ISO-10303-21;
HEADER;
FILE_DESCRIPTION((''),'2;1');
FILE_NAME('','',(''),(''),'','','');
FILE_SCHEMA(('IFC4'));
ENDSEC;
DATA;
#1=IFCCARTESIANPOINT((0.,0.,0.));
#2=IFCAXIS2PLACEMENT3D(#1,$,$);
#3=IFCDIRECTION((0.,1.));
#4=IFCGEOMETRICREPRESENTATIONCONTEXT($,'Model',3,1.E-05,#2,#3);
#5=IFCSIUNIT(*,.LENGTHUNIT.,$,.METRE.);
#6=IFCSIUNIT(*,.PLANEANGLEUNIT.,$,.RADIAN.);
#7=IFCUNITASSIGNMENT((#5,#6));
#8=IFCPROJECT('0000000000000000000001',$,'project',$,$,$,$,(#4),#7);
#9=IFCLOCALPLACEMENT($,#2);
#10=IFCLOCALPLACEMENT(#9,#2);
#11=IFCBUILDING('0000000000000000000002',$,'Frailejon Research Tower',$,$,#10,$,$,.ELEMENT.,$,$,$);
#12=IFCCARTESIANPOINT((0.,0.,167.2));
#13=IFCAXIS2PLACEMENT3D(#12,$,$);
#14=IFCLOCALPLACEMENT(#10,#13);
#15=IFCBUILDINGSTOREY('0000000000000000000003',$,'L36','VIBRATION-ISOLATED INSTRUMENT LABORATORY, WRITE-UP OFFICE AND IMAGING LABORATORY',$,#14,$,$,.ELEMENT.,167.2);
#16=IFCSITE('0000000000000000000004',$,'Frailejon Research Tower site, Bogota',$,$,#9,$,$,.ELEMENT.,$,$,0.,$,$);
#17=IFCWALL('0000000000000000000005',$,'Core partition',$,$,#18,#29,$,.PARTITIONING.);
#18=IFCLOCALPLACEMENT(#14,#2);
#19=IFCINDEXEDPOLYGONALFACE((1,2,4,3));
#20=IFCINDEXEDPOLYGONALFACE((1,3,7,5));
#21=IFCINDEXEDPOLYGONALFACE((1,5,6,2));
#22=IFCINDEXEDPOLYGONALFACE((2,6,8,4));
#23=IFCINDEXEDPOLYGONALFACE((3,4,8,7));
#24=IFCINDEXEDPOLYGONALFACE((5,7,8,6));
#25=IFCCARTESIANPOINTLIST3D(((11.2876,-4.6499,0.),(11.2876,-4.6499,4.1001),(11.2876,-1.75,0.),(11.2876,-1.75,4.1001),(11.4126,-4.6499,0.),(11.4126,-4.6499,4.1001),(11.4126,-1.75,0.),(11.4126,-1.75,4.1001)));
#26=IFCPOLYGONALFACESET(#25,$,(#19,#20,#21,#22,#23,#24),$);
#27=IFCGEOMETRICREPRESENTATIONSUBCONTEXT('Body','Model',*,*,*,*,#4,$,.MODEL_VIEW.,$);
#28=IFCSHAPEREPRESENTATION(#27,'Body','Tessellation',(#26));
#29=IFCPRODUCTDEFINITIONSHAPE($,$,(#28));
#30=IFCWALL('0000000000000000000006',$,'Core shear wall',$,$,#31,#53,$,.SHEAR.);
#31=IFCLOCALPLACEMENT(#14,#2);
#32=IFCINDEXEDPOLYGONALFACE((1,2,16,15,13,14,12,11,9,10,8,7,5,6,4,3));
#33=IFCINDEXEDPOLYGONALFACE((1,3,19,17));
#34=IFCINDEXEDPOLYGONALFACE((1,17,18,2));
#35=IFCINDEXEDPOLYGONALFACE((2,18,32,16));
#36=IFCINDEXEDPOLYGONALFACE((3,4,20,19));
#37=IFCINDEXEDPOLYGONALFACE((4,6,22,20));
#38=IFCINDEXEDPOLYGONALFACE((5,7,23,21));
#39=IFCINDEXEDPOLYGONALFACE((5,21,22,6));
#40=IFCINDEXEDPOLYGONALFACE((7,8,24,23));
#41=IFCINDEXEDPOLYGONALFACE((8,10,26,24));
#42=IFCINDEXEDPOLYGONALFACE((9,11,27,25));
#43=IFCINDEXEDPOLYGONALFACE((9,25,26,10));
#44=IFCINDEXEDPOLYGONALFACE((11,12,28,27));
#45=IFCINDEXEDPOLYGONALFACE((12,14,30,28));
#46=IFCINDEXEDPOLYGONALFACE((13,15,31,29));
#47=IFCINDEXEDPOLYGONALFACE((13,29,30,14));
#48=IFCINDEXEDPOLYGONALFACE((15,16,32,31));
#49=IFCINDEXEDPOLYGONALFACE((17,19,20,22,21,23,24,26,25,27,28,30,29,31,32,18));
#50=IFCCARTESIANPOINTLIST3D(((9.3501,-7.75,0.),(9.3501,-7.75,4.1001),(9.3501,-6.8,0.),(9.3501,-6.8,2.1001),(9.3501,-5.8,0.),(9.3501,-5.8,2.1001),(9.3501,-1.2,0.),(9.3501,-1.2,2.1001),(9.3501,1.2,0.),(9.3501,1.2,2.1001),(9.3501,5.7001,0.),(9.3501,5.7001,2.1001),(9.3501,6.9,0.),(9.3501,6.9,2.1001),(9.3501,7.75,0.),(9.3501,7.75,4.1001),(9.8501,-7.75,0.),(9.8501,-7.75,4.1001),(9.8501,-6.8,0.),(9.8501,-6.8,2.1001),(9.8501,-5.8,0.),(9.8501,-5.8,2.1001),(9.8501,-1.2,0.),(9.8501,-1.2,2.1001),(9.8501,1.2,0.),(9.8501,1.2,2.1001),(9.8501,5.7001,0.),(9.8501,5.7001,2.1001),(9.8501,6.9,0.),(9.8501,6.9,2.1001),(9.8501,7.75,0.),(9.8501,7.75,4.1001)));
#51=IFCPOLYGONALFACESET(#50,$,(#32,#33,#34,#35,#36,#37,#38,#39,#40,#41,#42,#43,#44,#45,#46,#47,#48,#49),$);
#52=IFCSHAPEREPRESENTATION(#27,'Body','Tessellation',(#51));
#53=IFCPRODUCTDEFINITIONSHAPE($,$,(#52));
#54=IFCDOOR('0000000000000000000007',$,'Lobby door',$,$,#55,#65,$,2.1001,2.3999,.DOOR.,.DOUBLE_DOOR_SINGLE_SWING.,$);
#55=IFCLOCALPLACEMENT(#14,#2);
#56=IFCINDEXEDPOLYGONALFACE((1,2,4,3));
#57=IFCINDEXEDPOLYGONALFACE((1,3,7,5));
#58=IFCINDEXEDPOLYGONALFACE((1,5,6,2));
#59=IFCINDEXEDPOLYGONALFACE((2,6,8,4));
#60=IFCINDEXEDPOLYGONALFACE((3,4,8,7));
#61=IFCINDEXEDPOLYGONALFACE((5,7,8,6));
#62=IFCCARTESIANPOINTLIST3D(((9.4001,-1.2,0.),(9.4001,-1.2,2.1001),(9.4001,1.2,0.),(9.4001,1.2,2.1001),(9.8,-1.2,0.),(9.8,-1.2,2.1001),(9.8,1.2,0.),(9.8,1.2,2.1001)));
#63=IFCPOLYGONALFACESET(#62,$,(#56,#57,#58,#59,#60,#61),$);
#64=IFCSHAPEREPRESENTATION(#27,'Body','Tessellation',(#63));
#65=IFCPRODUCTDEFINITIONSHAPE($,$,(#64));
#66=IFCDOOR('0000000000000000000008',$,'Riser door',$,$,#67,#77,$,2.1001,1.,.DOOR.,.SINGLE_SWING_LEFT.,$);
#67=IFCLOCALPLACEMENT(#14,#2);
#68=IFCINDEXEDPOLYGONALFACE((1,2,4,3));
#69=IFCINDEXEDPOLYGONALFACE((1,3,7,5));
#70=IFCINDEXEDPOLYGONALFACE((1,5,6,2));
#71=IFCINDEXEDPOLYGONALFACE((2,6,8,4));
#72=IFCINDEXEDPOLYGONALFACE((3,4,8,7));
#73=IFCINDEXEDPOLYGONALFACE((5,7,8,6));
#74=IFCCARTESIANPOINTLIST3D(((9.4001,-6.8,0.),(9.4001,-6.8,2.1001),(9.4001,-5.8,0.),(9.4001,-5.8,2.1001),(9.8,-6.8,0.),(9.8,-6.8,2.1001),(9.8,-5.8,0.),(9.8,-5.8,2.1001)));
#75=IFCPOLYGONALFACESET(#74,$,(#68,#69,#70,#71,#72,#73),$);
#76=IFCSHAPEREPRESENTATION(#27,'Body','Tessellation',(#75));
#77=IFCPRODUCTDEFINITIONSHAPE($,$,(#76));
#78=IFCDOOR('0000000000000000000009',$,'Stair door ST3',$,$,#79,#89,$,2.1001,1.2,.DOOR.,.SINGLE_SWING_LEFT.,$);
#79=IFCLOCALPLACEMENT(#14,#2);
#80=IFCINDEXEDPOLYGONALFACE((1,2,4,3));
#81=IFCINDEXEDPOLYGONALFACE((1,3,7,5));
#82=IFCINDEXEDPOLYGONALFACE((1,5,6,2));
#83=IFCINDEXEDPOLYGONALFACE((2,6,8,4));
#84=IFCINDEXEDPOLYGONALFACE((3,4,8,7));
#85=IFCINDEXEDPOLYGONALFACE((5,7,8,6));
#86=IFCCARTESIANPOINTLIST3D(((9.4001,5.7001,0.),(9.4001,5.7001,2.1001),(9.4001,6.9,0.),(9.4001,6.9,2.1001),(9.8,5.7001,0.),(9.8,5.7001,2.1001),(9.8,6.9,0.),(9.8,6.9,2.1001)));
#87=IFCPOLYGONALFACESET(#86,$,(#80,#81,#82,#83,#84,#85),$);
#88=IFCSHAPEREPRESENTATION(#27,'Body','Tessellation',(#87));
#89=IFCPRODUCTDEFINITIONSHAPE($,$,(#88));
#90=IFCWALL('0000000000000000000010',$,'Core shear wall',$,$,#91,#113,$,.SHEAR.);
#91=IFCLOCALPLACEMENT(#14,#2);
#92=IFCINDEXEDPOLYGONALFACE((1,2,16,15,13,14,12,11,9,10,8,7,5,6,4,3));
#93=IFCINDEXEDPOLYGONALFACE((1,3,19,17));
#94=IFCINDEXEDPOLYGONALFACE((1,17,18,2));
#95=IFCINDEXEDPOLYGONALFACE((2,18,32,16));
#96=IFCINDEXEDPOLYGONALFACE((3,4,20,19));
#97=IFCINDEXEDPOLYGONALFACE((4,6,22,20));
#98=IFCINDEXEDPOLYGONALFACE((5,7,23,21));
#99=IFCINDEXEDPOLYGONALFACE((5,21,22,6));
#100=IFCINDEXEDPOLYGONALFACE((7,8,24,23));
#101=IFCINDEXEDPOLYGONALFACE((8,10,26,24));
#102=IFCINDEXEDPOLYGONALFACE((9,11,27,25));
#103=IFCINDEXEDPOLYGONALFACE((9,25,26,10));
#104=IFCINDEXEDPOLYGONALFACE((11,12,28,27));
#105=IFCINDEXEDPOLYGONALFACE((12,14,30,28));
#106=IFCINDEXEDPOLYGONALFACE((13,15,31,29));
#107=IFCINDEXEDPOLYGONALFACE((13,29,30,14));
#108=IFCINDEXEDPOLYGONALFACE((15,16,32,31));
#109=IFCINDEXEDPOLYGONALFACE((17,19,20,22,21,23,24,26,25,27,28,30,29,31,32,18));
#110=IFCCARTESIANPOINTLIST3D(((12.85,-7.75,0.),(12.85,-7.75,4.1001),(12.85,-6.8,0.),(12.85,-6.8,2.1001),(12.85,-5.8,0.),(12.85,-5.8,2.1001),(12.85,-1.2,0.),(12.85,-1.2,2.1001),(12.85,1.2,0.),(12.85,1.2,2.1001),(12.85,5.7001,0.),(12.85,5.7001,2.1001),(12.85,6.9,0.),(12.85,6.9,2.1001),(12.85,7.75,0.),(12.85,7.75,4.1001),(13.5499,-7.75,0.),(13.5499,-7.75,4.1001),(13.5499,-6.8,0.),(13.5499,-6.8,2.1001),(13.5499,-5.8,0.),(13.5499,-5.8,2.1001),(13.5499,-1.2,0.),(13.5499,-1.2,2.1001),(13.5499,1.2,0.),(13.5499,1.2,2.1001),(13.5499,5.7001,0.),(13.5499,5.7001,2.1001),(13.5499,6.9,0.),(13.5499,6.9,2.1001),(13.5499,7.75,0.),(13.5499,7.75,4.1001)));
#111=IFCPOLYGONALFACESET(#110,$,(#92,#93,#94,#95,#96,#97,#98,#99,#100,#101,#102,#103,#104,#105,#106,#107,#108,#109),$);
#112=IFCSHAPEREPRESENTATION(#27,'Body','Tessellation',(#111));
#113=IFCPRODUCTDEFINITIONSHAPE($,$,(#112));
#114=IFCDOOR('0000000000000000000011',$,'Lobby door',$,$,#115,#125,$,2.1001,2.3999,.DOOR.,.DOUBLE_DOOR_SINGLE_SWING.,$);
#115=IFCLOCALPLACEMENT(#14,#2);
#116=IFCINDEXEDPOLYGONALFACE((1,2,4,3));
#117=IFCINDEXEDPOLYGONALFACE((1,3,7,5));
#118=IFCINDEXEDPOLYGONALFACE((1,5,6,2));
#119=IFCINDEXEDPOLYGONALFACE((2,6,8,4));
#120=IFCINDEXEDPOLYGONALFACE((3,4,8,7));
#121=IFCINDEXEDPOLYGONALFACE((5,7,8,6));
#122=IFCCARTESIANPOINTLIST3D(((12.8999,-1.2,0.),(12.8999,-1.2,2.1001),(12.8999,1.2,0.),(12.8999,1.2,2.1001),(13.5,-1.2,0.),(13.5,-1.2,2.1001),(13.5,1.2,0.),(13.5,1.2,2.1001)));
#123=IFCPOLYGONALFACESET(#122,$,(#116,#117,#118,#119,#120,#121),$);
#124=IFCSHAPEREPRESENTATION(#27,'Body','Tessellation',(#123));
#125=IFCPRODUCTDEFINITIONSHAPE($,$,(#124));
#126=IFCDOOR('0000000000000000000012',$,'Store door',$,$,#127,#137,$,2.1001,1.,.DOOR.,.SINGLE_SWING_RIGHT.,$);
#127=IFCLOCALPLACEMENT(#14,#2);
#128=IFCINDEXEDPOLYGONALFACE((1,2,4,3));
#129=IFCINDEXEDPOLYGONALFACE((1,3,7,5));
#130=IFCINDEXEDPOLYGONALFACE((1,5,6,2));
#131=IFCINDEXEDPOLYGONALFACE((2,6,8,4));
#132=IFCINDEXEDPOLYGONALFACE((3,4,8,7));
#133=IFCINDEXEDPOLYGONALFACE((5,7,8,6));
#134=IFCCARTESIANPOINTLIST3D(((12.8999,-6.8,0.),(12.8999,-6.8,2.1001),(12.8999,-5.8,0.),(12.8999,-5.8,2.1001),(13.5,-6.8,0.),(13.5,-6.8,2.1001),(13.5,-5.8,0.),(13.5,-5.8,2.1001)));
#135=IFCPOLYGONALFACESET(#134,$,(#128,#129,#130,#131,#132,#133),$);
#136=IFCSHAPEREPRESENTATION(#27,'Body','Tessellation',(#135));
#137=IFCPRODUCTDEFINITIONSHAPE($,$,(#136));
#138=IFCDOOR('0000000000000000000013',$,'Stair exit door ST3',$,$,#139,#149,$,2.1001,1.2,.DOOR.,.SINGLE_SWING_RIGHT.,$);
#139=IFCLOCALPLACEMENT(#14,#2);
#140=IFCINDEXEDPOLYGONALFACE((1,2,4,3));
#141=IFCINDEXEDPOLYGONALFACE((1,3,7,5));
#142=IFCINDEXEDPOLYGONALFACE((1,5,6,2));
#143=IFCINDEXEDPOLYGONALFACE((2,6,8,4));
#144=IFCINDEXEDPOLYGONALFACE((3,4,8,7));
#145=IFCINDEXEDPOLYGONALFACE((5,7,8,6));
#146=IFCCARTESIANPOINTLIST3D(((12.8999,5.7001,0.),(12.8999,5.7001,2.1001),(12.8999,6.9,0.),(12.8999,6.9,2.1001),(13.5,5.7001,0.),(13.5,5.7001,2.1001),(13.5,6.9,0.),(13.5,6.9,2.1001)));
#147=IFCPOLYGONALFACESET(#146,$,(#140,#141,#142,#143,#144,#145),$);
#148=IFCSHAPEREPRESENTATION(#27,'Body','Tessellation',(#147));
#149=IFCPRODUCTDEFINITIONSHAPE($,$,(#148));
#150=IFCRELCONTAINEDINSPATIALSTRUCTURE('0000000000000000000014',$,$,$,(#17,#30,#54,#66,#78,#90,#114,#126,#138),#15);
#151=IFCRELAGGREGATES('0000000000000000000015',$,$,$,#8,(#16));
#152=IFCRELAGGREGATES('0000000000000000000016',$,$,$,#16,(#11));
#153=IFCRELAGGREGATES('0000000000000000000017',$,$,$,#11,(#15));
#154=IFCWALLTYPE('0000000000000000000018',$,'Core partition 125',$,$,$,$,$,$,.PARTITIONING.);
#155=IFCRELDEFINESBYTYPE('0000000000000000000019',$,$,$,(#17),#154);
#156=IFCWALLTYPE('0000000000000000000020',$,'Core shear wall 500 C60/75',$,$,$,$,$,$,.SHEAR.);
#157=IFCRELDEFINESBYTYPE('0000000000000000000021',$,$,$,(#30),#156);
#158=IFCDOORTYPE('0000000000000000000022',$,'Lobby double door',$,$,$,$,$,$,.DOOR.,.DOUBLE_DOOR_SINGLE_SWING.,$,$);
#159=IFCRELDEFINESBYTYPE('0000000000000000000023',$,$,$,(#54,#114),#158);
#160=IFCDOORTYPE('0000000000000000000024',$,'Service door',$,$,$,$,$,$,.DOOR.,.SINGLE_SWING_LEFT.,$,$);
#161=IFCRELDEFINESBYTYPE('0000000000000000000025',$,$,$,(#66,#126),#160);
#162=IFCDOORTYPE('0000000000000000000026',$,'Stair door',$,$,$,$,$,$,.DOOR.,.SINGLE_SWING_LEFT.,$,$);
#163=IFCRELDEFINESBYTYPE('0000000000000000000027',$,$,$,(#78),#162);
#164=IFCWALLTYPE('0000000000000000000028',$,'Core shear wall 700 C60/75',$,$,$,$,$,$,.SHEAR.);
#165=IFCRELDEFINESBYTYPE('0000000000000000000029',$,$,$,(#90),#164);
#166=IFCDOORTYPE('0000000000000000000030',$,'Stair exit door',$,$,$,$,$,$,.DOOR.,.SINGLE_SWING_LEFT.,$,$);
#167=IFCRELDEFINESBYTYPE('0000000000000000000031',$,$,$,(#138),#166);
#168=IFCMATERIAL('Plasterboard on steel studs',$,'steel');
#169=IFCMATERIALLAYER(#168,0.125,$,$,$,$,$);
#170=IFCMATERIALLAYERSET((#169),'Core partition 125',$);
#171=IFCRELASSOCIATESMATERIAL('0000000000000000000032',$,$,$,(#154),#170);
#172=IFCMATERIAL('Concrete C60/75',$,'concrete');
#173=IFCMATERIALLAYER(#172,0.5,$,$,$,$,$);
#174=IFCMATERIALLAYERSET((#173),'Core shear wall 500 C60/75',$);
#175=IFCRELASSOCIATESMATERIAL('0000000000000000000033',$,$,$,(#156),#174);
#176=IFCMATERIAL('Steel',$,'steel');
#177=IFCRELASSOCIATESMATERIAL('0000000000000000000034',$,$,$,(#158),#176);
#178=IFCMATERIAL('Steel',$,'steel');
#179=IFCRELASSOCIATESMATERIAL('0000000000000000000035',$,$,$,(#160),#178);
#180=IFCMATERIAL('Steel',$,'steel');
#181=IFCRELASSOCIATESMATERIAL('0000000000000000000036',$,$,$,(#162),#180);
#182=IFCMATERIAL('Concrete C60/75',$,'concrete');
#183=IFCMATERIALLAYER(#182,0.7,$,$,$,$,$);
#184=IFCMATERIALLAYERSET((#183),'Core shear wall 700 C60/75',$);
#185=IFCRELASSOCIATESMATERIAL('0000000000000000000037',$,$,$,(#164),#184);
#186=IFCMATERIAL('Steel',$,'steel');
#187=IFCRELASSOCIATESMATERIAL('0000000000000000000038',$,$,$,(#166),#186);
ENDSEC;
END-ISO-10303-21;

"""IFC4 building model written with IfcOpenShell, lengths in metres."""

from ifc_helpers import new_model, si_unit, direction, frame, frame_2d, origin, place, context, subcontext, project, spatial, rectangle, extrude, material, layer, layer_set, type_object, element, fill, save


model = new_model("IFC4")

# Units and contexts
model_context = context("Model", 3, precision=1e-05, world=origin(), true_north=direction((0.0, 1.0)))
body_context = subcontext(model_context, "Body", "Model", "MODEL_VIEW")
ifc_project = project(units=[si_unit("LENGTHUNIT", "METRE"), si_unit("PLANEANGLEUNIT", "RADIAN")], contexts=[model_context])

# Site, building, storey
site_placement = place(None, origin())
site = spatial("IfcSite", under=ifc_project, at=site_placement, Name="Frailejon Research Tower site, Bogota", CompositionType="ELEMENT", RefElevation=0.0)
building_placement = place(site_placement, origin())
building = spatial("IfcBuilding", under=site, at=building_placement, Name="Frailejon Research Tower", CompositionType="ELEMENT")
storey_placement = place(building_placement, frame((0.0, 0.0, 167.2)))
storey = spatial("IfcBuildingStorey", under=building, at=storey_placement, Name="L36", Description="VIBRATION-ISOLATED INSTRUMENT LABORATORY, WRITE-UP OFFICE AND IMAGING LABORATORY", CompositionType="ELEMENT", Elevation=167.2)

# Wall
ifc_material_1 = material(Name="Plasterboard on steel studs", Category="steel")
ifc_layer_1 = layer(ifc_material_1, 0.125)
ifc_layer_set_1 = layer_set([ifc_layer_1], Name="Core partition 125")
wall_type_1 = type_object("IfcWallType", Name="Core partition 125", PredefinedType="PARTITIONING", material=ifc_layer_set_1)
wall_1_placement = place(storey_placement, frame((11.3501, -4.6499, 0.0), z_axis=(0.0, 0.0, 1.0), x_axis=(0.0, 1.0, 0.0)))
element("IfcWall", 1, at=wall_1_placement, inside=storey, type_object=wall_type_1, Name="Core partition", PredefinedType="PARTITIONING", context=body_context, shape_type="SweptSolid", body=[
    extrude(rectangle(XDim=2.8999, YDim=0.125, at=frame_2d((1.45, 0.0))), origin(), (0.0, 0.0, 1.0), 4.1001),
])

# Walls, openings, doors
ifc_material_2 = material(Name="Concrete C60/75", Category="concrete")
ifc_layer_2 = layer(ifc_material_2, 0.5)
ifc_layer_set_2 = layer_set([ifc_layer_2], Name="Core shear wall 500 C60/75")
wall_type_2 = type_object("IfcWallType", Name="Core shear wall 500 C60/75", PredefinedType="SHEAR", material=ifc_layer_set_2)
wall_2_placement = place(storey_placement, frame((9.6001, -7.75, 0.0), z_axis=(0.0, 0.0, 1.0), x_axis=(0.0, 1.0, 0.0)))
wall_2 = element("IfcWall", 2, at=wall_2_placement, inside=storey, type_object=wall_type_2, Name="Core shear wall", PredefinedType="SHEAR", context=body_context, shape_type="SweptSolid", body=[
    extrude(rectangle(XDim=15.5, YDim=0.5, at=frame_2d((7.75, 0.0))), origin(), (0.0, 0.0, 1.0), 4.1001),
])
opening_1_placement = place(wall_2_placement, frame((6.55, 0.0, 0.0)))
opening_1 = element("IfcOpeningElement", 3, at=opening_1_placement, cuts=wall_2, PredefinedType="OPENING", context=body_context, shape_type="SweptSolid", body=[
    extrude(rectangle(XDim=2.3999, YDim=2.1001, at=frame_2d((1.2, 1.05))), frame((0.0, 0.26, 0.0), z_axis=(0.0, -1.0, 0.0), x_axis=(1.0, 0.0, 0.0)), (0.0, 0.0, 1.0), 0.52),
])
opening_2_placement = place(wall_2_placement, frame((13.45, 0.0, 0.0)))
opening_2 = element("IfcOpeningElement", 4, at=opening_2_placement, cuts=wall_2, PredefinedType="OPENING", context=body_context, shape_type="SweptSolid", body=[
    extrude(rectangle(XDim=1.2, YDim=2.1001, at=frame_2d((0.6001, 1.05))), frame((0.0, 0.26, 0.0), z_axis=(0.0, -1.0, 0.0), x_axis=(1.0, 0.0, 0.0)), (0.0, 0.0, 1.0), 0.52),
])
opening_3_placement = place(wall_2_placement, frame((0.95, 0.0, 0.0)))
opening_3 = element("IfcOpeningElement", 5, at=opening_3_placement, cuts=wall_2, PredefinedType="OPENING", context=body_context, shape_type="SweptSolid", body=[
    extrude(rectangle(XDim=1.0, YDim=2.1001, at=frame_2d((0.5, 1.05))), frame((0.0, 0.26, 0.0), z_axis=(0.0, -1.0, 0.0), x_axis=(1.0, 0.0, 0.0)), (0.0, 0.0, 1.0), 0.52),
])
ifc_material_3 = material(Name="Steel", Category="steel")
door_type_1 = type_object("IfcDoorType", Name="Lobby double door", OperationType="DOUBLE_DOOR_SINGLE_SWING", PredefinedType="DOOR", material=ifc_material_3)
door_1_placement = place(opening_1_placement, origin())
door_1 = element("IfcDoor", 6, at=door_1_placement, inside=storey, type_object=door_type_1, Name="Lobby door", OperationType="DOUBLE_DOOR_SINGLE_SWING", OverallHeight=2.1001, OverallWidth=2.3999, PredefinedType="DOOR", context=body_context, shape_type="SweptSolid", body=[
    extrude(rectangle(XDim=2.3999, YDim=2.1001, at=frame_2d((1.2, 1.05))), frame((0.0, 0.2, 0.0), z_axis=(0.0, -1.0, 0.0), x_axis=(1.0, 0.0, 0.0)), (0.0, 0.0, 1.0), 0.3999),
])
fill(opening_1, door_1)
ifc_material_4 = material(Name="Steel", Category="steel")
door_type_2 = type_object("IfcDoorType", Name="Service door", OperationType="SINGLE_SWING_LEFT", PredefinedType="DOOR", material=ifc_material_4)
door_2_placement = place(opening_3_placement, origin())
door_2 = element("IfcDoor", 7, at=door_2_placement, inside=storey, type_object=door_type_2, Name="Riser door", OperationType="SINGLE_SWING_LEFT", OverallHeight=2.1001, OverallWidth=1.0, PredefinedType="DOOR", context=body_context, shape_type="SweptSolid", body=[
    extrude(rectangle(XDim=1.0, YDim=2.1001, at=frame_2d((0.5, 1.05))), frame((0.0, 0.2, 0.0), z_axis=(0.0, -1.0, 0.0), x_axis=(1.0, 0.0, 0.0)), (0.0, 0.0, 1.0), 0.3999),
])
fill(opening_3, door_2)
ifc_material_5 = material(Name="Steel", Category="steel")
door_type_3 = type_object("IfcDoorType", Name="Stair door", OperationType="SINGLE_SWING_LEFT", PredefinedType="DOOR", material=ifc_material_5)
door_3_placement = place(opening_2_placement, origin())
door_3 = element("IfcDoor", 8, at=door_3_placement, inside=storey, type_object=door_type_3, Name="Stair door ST3", OperationType="SINGLE_SWING_LEFT", OverallHeight=2.1001, OverallWidth=1.2, PredefinedType="DOOR", context=body_context, shape_type="SweptSolid", body=[
    extrude(rectangle(XDim=1.2, YDim=2.1001, at=frame_2d((0.6001, 1.05))), frame((0.0, 0.2, 0.0), z_axis=(0.0, -1.0, 0.0), x_axis=(1.0, 0.0, 0.0)), (0.0, 0.0, 1.0), 0.3999),
])
fill(opening_2, door_3)
ifc_material_6 = material(Name="Concrete C60/75", Category="concrete")
ifc_layer_3 = layer(ifc_material_6, 0.7)
ifc_layer_set_3 = layer_set([ifc_layer_3], Name="Core shear wall 700 C60/75")
wall_type_3 = type_object("IfcWallType", Name="Core shear wall 700 C60/75", PredefinedType="SHEAR", material=ifc_layer_set_3)
wall_3_placement = place(storey_placement, frame((13.2, -7.75, 0.0), z_axis=(0.0, 0.0, 1.0), x_axis=(0.0, 1.0, 0.0)))
wall_3 = element("IfcWall", 9, at=wall_3_placement, inside=storey, type_object=wall_type_3, Name="Core shear wall", PredefinedType="SHEAR", context=body_context, shape_type="SweptSolid", body=[
    extrude(rectangle(XDim=15.5, YDim=0.7, at=frame_2d((7.75, 0.0))), origin(), (0.0, 0.0, 1.0), 4.1001),
])
opening_4_placement = place(wall_3_placement, frame((6.55, 0.0, 0.0)))
opening_4 = element("IfcOpeningElement", 10, at=opening_4_placement, cuts=wall_3, PredefinedType="OPENING", context=body_context, shape_type="SweptSolid", body=[
    extrude(rectangle(XDim=2.3999, YDim=2.1001, at=frame_2d((1.2, 1.05))), frame((0.0, 0.3599, 0.0), z_axis=(0.0, -1.0, 0.0), x_axis=(1.0, 0.0, 0.0)), (0.0, 0.0, 1.0), 0.72),
])
opening_5_placement = place(wall_3_placement, frame((13.45, 0.0, 0.0)))
opening_5 = element("IfcOpeningElement", 11, at=opening_5_placement, cuts=wall_3, PredefinedType="OPENING", context=body_context, shape_type="SweptSolid", body=[
    extrude(rectangle(XDim=1.2, YDim=2.1001, at=frame_2d((0.6001, 1.05))), frame((0.0, 0.3599, 0.0), z_axis=(0.0, -1.0, 0.0), x_axis=(1.0, 0.0, 0.0)), (0.0, 0.0, 1.0), 0.72),
])
opening_6_placement = place(wall_3_placement, frame((0.95, 0.0, 0.0)))
opening_6 = element("IfcOpeningElement", 12, at=opening_6_placement, cuts=wall_3, PredefinedType="OPENING", context=body_context, shape_type="SweptSolid", body=[
    extrude(rectangle(XDim=1.0, YDim=2.1001, at=frame_2d((0.5, 1.05))), frame((0.0, 0.3599, 0.0), z_axis=(0.0, -1.0, 0.0), x_axis=(1.0, 0.0, 0.0)), (0.0, 0.0, 1.0), 0.72),
])
door_4_placement = place(opening_4_placement, origin())
door_4 = element("IfcDoor", 13, at=door_4_placement, inside=storey, type_object=door_type_1, Name="Lobby door", OperationType="DOUBLE_DOOR_SINGLE_SWING", OverallHeight=2.1001, OverallWidth=2.3999, PredefinedType="DOOR", context=body_context, shape_type="SweptSolid", body=[
    extrude(rectangle(XDim=2.3999, YDim=2.1001, at=frame_2d((1.2, 1.05))), frame((0.0, 0.3, 0.0), z_axis=(0.0, -1.0, 0.0), x_axis=(1.0, 0.0, 0.0)), (0.0, 0.0, 1.0), 0.6001),
])
fill(opening_4, door_4)
door_5_placement = place(opening_6_placement, origin())
door_5 = element("IfcDoor", 14, at=door_5_placement, inside=storey, type_object=door_type_2, Name="Store door", OperationType="SINGLE_SWING_RIGHT", OverallHeight=2.1001, OverallWidth=1.0, PredefinedType="DOOR", context=body_context, shape_type="SweptSolid", body=[
    extrude(rectangle(XDim=1.0, YDim=2.1001, at=frame_2d((0.5, 1.05))), frame((0.0, 0.3, 0.0), z_axis=(0.0, -1.0, 0.0), x_axis=(1.0, 0.0, 0.0)), (0.0, 0.0, 1.0), 0.6001),
])
fill(opening_6, door_5)
ifc_material_7 = material(Name="Steel", Category="steel")
door_type_4 = type_object("IfcDoorType", Name="Stair exit door", OperationType="SINGLE_SWING_LEFT", PredefinedType="DOOR", material=ifc_material_7)
door_6_placement = place(opening_5_placement, origin())
door_6 = element("IfcDoor", 15, at=door_6_placement, inside=storey, type_object=door_type_4, Name="Stair exit door ST3", OperationType="SINGLE_SWING_RIGHT", OverallHeight=2.1001, OverallWidth=1.2, PredefinedType="DOOR", context=body_context, shape_type="SweptSolid", body=[
    extrude(rectangle(XDim=1.2, YDim=2.1001, at=frame_2d((0.6001, 1.05))), frame((0.0, 0.3, 0.0), z_axis=(0.0, -1.0, 0.0), x_axis=(1.0, 0.0, 0.0)), (0.0, 0.0, 1.0), 0.6001),
])
fill(opening_5, door_6)

save(model, "model.ifc")
